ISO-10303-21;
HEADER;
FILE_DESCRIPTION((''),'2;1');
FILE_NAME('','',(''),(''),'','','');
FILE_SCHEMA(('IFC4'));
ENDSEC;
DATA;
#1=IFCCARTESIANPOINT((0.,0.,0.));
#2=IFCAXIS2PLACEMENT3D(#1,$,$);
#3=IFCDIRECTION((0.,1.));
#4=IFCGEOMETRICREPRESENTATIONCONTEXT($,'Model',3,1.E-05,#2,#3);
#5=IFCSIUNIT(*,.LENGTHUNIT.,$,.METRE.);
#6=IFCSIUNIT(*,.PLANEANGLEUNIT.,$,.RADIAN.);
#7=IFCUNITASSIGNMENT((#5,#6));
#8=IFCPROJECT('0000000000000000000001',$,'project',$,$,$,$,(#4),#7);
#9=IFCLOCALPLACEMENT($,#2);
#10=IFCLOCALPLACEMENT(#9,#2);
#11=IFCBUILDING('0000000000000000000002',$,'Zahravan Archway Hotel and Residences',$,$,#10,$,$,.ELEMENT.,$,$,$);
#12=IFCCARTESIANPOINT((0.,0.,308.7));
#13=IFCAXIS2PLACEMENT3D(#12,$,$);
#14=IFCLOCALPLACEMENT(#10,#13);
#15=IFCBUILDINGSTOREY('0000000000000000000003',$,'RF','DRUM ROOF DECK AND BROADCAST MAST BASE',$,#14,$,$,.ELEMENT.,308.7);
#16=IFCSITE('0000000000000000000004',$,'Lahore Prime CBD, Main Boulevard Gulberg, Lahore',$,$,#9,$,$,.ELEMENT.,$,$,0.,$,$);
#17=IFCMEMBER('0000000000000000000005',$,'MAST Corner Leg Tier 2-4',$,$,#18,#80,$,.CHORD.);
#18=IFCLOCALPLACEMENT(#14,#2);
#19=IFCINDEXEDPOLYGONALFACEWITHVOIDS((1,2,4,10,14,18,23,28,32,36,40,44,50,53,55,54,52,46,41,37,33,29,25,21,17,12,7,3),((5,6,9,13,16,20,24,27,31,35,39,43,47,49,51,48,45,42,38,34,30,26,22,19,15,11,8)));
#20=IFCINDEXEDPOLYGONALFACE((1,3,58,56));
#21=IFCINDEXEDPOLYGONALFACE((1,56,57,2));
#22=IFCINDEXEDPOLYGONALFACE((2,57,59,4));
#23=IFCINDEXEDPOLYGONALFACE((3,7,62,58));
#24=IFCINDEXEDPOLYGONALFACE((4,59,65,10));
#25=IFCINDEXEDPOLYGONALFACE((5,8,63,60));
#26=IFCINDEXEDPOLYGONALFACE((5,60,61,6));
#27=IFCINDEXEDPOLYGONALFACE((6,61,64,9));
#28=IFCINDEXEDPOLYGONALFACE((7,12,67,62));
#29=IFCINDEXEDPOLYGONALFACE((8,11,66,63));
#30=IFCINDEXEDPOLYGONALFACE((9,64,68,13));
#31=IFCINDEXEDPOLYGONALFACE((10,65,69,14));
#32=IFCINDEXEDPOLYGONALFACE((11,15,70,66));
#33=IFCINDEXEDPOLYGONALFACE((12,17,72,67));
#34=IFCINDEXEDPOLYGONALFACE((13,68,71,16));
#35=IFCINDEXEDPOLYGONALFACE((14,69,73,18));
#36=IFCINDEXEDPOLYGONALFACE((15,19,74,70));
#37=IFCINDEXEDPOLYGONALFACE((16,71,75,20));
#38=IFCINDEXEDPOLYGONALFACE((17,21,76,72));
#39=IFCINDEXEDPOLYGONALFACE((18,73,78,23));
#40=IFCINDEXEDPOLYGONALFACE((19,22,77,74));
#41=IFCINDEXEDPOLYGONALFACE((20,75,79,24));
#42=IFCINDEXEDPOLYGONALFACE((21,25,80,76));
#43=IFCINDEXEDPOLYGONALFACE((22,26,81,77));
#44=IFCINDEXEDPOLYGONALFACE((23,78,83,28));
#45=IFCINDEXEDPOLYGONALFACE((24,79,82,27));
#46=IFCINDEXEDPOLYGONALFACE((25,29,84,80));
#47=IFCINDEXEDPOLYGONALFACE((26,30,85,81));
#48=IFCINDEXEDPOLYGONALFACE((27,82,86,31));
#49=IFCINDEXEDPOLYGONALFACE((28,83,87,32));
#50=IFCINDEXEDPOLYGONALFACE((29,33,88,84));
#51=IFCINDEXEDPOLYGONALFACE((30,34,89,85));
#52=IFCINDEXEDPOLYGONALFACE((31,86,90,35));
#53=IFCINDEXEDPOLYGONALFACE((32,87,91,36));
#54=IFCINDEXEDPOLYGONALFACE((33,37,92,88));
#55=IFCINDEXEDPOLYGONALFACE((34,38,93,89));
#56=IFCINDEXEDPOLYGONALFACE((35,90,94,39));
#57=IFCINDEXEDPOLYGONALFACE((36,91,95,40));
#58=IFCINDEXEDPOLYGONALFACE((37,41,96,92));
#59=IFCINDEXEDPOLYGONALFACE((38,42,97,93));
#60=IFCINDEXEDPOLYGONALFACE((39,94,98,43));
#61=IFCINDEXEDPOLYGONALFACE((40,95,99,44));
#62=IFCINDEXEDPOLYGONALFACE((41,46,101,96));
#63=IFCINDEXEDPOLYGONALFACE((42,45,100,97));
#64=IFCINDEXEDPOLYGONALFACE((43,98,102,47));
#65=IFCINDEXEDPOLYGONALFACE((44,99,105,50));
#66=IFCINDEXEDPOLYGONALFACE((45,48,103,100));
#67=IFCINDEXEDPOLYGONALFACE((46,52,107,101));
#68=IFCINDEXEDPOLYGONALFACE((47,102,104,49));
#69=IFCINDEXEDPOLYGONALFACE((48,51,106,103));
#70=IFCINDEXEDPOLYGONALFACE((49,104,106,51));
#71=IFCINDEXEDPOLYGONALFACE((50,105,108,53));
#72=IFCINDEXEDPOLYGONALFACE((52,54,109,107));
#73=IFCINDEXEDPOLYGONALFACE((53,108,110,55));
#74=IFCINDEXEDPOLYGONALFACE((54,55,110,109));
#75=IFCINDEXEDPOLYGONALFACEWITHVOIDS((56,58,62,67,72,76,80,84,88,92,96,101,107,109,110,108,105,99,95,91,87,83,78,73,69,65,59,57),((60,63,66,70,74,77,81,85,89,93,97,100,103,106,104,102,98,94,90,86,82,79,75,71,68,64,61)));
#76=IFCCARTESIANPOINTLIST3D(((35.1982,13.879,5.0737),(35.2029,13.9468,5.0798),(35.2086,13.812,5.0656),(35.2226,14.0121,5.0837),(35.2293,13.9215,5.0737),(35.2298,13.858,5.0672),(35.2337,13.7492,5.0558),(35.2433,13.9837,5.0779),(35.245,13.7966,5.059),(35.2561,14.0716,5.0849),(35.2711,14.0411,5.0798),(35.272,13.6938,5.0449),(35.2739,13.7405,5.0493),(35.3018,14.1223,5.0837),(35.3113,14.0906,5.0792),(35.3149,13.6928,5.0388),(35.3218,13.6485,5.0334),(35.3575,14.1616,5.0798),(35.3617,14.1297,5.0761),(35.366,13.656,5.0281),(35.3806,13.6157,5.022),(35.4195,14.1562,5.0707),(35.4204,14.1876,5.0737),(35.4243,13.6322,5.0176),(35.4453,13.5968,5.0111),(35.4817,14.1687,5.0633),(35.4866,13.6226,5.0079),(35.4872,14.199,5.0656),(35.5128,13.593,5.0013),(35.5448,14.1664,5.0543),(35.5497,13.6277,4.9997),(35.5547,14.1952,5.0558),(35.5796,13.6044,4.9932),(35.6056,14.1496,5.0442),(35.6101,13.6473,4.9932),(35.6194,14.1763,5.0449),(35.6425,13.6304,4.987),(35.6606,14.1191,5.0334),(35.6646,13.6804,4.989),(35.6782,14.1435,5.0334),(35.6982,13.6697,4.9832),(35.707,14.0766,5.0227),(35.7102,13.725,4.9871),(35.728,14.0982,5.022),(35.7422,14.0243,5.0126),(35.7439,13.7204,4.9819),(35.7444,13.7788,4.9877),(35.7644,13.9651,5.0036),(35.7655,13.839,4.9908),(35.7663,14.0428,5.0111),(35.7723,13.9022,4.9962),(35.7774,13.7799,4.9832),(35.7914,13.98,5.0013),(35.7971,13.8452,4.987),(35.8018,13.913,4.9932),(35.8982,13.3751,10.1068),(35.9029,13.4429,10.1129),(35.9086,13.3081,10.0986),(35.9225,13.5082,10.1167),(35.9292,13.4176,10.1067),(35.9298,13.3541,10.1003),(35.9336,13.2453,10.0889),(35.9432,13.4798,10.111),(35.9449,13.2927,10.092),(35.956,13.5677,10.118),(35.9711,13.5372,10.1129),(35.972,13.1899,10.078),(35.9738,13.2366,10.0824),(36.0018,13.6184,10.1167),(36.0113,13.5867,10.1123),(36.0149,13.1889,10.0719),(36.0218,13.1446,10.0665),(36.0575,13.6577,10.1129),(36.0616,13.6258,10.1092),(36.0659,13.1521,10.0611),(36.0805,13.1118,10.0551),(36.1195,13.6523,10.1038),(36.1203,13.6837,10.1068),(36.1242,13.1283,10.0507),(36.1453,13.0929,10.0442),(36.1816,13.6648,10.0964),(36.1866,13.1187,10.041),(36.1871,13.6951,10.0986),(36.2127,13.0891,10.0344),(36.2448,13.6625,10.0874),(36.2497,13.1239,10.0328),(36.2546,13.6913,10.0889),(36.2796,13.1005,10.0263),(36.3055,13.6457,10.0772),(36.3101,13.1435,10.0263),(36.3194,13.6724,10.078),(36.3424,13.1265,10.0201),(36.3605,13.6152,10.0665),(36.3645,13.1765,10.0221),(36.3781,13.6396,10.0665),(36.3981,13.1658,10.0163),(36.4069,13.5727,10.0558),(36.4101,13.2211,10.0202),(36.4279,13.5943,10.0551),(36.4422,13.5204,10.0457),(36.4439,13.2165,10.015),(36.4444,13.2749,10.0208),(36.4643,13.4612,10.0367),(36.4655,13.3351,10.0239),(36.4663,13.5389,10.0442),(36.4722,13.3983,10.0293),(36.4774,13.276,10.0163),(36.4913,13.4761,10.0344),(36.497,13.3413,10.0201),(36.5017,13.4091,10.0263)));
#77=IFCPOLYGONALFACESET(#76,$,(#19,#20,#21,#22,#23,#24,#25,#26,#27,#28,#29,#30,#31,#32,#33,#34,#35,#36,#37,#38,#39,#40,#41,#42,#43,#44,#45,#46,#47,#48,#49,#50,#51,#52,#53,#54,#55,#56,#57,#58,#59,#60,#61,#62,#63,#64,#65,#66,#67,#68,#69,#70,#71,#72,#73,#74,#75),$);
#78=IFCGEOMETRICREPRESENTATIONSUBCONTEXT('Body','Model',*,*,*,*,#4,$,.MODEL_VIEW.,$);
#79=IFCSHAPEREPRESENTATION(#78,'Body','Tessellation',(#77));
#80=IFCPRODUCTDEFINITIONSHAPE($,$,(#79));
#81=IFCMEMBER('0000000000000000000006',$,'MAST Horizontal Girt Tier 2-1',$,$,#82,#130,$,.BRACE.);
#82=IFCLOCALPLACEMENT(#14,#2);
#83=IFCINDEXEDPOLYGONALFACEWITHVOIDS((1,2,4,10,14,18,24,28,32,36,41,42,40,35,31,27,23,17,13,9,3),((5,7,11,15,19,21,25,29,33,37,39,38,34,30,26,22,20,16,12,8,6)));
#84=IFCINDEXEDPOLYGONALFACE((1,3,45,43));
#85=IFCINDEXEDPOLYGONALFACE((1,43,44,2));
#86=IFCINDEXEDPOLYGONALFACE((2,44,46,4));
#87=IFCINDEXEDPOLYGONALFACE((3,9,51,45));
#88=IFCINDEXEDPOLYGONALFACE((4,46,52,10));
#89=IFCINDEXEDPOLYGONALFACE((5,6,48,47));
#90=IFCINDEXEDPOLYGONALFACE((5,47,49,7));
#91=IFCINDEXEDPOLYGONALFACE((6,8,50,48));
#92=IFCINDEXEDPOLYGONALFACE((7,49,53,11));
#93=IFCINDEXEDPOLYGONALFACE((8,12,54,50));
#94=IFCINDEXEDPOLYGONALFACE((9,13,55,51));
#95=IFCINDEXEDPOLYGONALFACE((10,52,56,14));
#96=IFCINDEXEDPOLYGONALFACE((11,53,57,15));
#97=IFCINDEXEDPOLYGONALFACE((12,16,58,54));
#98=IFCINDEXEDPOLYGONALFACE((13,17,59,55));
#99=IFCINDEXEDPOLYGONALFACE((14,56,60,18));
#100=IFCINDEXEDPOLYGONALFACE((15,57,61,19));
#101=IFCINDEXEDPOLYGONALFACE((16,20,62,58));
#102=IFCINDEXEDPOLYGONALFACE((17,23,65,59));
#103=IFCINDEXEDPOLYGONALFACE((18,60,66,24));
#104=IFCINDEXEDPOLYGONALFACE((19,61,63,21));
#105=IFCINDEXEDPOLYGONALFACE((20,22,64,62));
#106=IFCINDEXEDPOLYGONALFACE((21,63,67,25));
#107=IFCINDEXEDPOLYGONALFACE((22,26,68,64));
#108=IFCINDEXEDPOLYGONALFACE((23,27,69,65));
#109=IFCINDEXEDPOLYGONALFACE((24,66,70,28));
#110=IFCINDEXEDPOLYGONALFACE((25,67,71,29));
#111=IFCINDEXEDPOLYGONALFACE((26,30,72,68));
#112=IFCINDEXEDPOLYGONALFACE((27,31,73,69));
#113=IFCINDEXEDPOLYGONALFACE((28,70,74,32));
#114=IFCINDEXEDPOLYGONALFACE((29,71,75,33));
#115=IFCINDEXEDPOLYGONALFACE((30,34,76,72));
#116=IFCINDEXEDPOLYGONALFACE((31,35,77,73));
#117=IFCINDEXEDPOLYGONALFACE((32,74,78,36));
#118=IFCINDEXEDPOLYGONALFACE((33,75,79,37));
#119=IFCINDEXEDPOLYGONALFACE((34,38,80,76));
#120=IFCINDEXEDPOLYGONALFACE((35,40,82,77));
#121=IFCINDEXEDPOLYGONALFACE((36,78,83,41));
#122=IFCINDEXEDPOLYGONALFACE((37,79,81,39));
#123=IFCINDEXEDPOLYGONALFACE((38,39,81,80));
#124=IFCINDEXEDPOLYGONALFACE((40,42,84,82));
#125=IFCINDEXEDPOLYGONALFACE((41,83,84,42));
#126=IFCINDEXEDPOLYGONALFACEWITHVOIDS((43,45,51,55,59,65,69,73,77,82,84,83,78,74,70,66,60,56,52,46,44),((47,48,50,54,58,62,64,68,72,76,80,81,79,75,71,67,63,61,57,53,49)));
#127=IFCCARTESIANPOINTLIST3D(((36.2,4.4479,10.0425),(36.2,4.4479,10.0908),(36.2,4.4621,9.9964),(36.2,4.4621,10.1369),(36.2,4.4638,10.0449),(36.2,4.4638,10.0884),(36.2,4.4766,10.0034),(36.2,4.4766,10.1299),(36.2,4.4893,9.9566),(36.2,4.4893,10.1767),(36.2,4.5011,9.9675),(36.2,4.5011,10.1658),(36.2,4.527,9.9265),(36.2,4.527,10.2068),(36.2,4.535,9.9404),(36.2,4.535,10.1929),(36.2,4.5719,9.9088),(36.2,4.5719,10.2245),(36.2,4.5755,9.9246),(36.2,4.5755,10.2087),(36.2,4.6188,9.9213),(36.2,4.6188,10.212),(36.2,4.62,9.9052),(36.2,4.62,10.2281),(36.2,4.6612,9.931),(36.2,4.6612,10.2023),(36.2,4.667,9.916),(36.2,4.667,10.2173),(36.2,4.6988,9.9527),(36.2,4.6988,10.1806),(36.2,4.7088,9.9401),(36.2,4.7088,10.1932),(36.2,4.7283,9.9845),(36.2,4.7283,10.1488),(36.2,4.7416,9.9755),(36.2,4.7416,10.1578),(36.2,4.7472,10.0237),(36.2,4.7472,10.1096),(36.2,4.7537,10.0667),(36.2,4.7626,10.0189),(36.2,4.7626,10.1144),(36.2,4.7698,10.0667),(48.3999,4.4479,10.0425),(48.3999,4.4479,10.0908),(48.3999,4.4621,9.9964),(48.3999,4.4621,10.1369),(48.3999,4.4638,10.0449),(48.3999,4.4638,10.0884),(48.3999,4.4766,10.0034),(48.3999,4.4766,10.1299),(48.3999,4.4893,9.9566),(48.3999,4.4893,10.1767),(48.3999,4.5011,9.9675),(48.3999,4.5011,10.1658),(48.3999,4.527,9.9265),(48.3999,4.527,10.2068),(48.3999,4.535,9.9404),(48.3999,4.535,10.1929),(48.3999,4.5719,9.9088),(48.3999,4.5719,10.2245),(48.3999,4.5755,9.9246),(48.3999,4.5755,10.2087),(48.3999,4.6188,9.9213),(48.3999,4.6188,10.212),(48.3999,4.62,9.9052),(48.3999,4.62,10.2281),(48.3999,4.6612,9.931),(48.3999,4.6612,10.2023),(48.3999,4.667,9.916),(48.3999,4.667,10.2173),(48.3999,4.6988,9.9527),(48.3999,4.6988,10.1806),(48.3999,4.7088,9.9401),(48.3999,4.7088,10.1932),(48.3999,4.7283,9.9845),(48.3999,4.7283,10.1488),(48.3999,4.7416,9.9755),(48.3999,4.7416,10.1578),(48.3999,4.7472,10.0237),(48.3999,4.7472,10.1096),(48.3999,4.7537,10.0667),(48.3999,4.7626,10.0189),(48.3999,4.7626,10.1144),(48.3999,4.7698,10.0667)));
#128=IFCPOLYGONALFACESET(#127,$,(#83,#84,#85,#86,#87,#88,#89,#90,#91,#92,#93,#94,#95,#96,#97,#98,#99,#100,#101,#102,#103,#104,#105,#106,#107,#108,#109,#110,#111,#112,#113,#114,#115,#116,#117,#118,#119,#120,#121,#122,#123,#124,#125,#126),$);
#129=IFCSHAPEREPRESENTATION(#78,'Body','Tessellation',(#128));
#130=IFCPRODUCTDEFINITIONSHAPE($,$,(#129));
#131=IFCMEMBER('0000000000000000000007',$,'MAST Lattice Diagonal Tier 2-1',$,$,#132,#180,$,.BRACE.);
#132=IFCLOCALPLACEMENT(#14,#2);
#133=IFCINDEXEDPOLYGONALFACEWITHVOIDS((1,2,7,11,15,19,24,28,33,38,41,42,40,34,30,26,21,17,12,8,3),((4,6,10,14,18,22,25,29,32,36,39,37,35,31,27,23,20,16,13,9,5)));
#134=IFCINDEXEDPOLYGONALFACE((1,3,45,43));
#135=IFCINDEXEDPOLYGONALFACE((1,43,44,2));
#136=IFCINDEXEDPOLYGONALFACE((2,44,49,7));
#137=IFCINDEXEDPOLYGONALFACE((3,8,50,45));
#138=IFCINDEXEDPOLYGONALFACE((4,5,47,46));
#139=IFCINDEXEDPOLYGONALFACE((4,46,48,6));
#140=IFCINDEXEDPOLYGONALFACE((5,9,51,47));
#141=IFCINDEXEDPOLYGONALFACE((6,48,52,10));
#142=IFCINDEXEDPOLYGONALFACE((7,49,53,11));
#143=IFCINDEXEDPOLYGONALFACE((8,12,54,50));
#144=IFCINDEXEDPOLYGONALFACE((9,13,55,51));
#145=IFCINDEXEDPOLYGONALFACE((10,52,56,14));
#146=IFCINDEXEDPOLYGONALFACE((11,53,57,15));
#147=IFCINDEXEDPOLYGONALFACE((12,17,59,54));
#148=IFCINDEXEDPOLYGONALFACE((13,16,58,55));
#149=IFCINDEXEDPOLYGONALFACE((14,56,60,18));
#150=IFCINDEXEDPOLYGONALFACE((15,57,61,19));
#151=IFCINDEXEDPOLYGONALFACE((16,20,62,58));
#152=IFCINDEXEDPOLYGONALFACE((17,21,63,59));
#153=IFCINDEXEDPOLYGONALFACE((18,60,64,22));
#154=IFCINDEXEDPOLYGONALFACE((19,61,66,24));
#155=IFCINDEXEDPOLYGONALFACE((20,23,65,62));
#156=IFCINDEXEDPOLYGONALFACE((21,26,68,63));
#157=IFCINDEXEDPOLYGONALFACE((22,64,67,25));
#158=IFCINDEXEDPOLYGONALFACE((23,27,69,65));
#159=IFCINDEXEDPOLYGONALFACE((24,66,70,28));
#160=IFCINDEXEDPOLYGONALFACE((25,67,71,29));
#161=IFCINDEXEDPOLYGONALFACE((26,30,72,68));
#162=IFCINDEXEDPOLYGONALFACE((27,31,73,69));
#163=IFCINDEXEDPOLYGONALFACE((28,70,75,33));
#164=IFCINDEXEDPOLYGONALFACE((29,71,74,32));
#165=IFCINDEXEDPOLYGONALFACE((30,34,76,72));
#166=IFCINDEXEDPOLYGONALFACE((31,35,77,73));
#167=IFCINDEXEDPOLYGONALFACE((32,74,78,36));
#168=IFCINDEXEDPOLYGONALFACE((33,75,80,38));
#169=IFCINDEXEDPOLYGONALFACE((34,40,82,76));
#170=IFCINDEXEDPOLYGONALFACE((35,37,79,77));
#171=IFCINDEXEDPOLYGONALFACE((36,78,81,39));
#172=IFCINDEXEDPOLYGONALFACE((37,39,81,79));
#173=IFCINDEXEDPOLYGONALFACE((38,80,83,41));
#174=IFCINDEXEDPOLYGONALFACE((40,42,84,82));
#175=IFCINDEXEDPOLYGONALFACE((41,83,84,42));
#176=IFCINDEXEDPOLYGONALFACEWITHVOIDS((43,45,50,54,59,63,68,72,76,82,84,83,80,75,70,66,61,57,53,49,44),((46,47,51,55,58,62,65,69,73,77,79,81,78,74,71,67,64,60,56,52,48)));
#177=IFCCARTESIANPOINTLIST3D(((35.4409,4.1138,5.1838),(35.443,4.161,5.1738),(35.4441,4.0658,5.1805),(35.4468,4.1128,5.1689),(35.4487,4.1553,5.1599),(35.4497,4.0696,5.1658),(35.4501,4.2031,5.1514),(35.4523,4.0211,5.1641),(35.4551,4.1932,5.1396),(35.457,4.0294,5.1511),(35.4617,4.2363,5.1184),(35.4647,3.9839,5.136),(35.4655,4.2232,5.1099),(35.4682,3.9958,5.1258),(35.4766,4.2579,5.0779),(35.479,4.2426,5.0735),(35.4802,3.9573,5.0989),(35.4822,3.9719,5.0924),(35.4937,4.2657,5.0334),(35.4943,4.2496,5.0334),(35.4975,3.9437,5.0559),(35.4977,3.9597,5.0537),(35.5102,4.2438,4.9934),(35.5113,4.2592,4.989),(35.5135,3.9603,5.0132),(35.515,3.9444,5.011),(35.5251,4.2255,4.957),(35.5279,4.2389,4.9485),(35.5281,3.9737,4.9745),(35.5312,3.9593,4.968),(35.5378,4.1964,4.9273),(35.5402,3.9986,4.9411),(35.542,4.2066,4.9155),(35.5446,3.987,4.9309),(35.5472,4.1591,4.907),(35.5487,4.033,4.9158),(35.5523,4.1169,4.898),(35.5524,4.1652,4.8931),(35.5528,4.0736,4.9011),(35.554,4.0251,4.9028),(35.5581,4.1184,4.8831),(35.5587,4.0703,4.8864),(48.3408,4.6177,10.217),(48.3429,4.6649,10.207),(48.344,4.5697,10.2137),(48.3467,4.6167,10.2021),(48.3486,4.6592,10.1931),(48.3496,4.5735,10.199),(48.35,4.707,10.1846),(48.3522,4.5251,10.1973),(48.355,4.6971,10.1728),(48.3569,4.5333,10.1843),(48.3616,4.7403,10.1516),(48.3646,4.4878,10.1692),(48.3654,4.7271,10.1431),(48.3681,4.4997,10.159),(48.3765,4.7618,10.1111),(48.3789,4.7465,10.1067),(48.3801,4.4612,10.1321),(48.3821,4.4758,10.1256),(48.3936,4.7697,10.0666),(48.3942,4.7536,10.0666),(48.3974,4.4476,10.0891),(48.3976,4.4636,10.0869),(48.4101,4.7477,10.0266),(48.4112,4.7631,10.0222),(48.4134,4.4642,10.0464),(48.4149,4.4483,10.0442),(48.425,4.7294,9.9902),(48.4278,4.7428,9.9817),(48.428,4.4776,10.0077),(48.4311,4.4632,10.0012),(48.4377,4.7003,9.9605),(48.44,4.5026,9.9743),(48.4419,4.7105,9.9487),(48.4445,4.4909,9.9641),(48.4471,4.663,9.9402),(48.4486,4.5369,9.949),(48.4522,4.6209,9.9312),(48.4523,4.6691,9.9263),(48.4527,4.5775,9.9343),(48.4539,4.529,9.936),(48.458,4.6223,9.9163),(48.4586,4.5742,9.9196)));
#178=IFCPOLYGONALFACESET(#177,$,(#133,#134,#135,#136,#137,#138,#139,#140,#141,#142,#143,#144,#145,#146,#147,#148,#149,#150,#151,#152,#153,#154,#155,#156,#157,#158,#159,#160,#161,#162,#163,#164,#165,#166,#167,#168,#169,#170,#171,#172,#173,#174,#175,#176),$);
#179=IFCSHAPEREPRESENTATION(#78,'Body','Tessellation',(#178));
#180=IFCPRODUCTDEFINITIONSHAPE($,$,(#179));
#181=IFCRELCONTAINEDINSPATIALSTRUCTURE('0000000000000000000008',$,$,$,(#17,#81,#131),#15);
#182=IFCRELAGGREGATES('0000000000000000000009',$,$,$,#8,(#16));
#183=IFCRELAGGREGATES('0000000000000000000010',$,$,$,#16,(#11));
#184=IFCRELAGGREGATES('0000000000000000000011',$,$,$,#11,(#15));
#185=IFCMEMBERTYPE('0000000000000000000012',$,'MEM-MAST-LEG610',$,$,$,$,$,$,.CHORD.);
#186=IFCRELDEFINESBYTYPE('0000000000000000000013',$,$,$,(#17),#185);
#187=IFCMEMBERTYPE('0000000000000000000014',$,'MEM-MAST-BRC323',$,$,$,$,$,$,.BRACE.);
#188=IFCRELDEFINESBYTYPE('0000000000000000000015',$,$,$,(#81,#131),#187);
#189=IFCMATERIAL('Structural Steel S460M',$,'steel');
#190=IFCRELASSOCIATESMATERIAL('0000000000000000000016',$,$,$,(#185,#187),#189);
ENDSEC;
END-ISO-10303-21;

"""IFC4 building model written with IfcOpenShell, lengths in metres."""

from ifc_helpers import new_model, si_unit, direction, frame, origin, origin_2d, place, context, subcontext, project, spatial, hollow_circle, extrude, source, transform, mapped, material, material_profile, profile_set, type_object, element, save


model = new_model("IFC4")

# Units and contexts
model_context = context("Model", 3, precision=1e-05, world=origin(), true_north=direction((0.0, 1.0)))
body_context = subcontext(model_context, "Body", "Model", "MODEL_VIEW")
ifc_project = project(units=[si_unit("LENGTHUNIT", "METRE"), si_unit("PLANEANGLEUNIT", "RADIAN")], contexts=[model_context])

# Site, building, storey
site_placement = place(None, origin())
site = spatial("IfcSite", under=ifc_project, at=site_placement, Name="Lahore Prime CBD, Main Boulevard Gulberg, Lahore", CompositionType="ELEMENT", RefElevation=0.0)
building_placement = place(site_placement, origin())
building = spatial("IfcBuilding", under=site, at=building_placement, Name="Zahravan Archway Hotel and Residences", CompositionType="ELEMENT")
storey_placement = place(building_placement, frame((0.0, 0.0, 308.7)))
storey = spatial("IfcBuildingStorey", under=building, at=storey_placement, Name="RF", Description="DRUM ROOF DECK AND BROADCAST MAST BASE", CompositionType="ELEMENT", Elevation=308.7)

# Members
ifc_material_1 = material(Name="Structural Steel S460M", Category="steel")
ifc_material_profile_1 = material_profile(ifc_material_1, hollow_circle(Radius=0.3049, WallThickness=0.03, at=origin_2d()), Name="CHS 610x30", Category="steel")
ifc_profile_set_1 = profile_set([ifc_material_profile_1], Name="Structural Steel S460M")
member_type_1 = type_object("IfcMemberType", Name="MEM-MAST-LEG610", PredefinedType="CHORD", material=ifc_profile_set_1)
ifc_material_profile_2 = material_profile(ifc_material_1, hollow_circle(Radius=0.1619, WallThickness=0.0161, at=origin_2d()), Name="CHS 323.9x16", Category="steel")
ifc_profile_set_2 = profile_set([ifc_material_profile_2], Name="Structural Steel S460M")
member_type_2 = type_object("IfcMemberType", Name="MEM-MAST-BRC323", PredefinedType="BRACE", material=ifc_profile_set_2)
shared_shape_1 = source(origin(), body_context, "Body", "SweptSolid", [
    extrude(hollow_circle(Radius=0.3049, WallThickness=0.03, at=origin_2d()), origin(), (0.0, 0.0, 1.0), 5.1064),
])
for number, where, z_axis, x_axis, name in (
    (1, (35.5, 13.896, 5.0334), (0.137069, -0.098678, 0.985634), (0.58426, 0.811567, 0.0), "MAST Corner Leg Tier 2-4"),
):
    element("IfcMember", number, at=place(storey_placement, frame(where, z_axis=z_axis, x_axis=x_axis)), inside=storey, type_object=member_type_1, Name=name, PredefinedType="CHORD", context=body_context, shape_type="MappedRepresentation", body=[
        mapped(shared_shape_1, transform((0.0, 0.0, 0.0), scale=1.0)),
    ])
shared_shape_2 = source(origin(), body_context, "Body", "SweptSolid", [
    extrude(hollow_circle(Radius=0.1619, WallThickness=0.0161, at=origin_2d()), origin(), (0.0, 0.0, 1.0), 12.2),
])
member_1_placement = place(storey_placement, frame((36.2, 4.6079, 10.0667), z_axis=(1.0, 0.0, 0.0), x_axis=(0.0, 1.0, 0.0)))
element("IfcMember", 2, at=member_1_placement, inside=storey, type_object=member_type_2, Name="MAST Horizontal Girt Tier 2-1", PredefinedType="BRACE", context=body_context, shape_type="MappedRepresentation", body=[
    mapped(shared_shape_2, transform((0.0, 0.0, 0.0), scale=1.0)),
])
shared_shape_3 = source(origin(), body_context, "Body", "SweptSolid", [
    extrude(hollow_circle(Radius=0.1619, WallThickness=0.0161, at=origin_2d()), origin(), (0.0, 0.0, 1.0), 13.8562),
])
member_2_placement = place(storey_placement, frame((35.5, 4.104, 5.0334), z_axis=(0.930984, 0.036367, 0.363245), x_axis=(-0.039033, 0.999238, 0.0)))
element("IfcMember", 3, at=member_2_placement, inside=storey, type_object=member_type_2, Name="MAST Lattice Diagonal Tier 2-1", PredefinedType="BRACE", context=body_context, shape_type="MappedRepresentation", body=[
    mapped(shared_shape_3, transform((0.0, 0.0, 0.0), scale=1.0)),
])

save(model, "model.ifc")
